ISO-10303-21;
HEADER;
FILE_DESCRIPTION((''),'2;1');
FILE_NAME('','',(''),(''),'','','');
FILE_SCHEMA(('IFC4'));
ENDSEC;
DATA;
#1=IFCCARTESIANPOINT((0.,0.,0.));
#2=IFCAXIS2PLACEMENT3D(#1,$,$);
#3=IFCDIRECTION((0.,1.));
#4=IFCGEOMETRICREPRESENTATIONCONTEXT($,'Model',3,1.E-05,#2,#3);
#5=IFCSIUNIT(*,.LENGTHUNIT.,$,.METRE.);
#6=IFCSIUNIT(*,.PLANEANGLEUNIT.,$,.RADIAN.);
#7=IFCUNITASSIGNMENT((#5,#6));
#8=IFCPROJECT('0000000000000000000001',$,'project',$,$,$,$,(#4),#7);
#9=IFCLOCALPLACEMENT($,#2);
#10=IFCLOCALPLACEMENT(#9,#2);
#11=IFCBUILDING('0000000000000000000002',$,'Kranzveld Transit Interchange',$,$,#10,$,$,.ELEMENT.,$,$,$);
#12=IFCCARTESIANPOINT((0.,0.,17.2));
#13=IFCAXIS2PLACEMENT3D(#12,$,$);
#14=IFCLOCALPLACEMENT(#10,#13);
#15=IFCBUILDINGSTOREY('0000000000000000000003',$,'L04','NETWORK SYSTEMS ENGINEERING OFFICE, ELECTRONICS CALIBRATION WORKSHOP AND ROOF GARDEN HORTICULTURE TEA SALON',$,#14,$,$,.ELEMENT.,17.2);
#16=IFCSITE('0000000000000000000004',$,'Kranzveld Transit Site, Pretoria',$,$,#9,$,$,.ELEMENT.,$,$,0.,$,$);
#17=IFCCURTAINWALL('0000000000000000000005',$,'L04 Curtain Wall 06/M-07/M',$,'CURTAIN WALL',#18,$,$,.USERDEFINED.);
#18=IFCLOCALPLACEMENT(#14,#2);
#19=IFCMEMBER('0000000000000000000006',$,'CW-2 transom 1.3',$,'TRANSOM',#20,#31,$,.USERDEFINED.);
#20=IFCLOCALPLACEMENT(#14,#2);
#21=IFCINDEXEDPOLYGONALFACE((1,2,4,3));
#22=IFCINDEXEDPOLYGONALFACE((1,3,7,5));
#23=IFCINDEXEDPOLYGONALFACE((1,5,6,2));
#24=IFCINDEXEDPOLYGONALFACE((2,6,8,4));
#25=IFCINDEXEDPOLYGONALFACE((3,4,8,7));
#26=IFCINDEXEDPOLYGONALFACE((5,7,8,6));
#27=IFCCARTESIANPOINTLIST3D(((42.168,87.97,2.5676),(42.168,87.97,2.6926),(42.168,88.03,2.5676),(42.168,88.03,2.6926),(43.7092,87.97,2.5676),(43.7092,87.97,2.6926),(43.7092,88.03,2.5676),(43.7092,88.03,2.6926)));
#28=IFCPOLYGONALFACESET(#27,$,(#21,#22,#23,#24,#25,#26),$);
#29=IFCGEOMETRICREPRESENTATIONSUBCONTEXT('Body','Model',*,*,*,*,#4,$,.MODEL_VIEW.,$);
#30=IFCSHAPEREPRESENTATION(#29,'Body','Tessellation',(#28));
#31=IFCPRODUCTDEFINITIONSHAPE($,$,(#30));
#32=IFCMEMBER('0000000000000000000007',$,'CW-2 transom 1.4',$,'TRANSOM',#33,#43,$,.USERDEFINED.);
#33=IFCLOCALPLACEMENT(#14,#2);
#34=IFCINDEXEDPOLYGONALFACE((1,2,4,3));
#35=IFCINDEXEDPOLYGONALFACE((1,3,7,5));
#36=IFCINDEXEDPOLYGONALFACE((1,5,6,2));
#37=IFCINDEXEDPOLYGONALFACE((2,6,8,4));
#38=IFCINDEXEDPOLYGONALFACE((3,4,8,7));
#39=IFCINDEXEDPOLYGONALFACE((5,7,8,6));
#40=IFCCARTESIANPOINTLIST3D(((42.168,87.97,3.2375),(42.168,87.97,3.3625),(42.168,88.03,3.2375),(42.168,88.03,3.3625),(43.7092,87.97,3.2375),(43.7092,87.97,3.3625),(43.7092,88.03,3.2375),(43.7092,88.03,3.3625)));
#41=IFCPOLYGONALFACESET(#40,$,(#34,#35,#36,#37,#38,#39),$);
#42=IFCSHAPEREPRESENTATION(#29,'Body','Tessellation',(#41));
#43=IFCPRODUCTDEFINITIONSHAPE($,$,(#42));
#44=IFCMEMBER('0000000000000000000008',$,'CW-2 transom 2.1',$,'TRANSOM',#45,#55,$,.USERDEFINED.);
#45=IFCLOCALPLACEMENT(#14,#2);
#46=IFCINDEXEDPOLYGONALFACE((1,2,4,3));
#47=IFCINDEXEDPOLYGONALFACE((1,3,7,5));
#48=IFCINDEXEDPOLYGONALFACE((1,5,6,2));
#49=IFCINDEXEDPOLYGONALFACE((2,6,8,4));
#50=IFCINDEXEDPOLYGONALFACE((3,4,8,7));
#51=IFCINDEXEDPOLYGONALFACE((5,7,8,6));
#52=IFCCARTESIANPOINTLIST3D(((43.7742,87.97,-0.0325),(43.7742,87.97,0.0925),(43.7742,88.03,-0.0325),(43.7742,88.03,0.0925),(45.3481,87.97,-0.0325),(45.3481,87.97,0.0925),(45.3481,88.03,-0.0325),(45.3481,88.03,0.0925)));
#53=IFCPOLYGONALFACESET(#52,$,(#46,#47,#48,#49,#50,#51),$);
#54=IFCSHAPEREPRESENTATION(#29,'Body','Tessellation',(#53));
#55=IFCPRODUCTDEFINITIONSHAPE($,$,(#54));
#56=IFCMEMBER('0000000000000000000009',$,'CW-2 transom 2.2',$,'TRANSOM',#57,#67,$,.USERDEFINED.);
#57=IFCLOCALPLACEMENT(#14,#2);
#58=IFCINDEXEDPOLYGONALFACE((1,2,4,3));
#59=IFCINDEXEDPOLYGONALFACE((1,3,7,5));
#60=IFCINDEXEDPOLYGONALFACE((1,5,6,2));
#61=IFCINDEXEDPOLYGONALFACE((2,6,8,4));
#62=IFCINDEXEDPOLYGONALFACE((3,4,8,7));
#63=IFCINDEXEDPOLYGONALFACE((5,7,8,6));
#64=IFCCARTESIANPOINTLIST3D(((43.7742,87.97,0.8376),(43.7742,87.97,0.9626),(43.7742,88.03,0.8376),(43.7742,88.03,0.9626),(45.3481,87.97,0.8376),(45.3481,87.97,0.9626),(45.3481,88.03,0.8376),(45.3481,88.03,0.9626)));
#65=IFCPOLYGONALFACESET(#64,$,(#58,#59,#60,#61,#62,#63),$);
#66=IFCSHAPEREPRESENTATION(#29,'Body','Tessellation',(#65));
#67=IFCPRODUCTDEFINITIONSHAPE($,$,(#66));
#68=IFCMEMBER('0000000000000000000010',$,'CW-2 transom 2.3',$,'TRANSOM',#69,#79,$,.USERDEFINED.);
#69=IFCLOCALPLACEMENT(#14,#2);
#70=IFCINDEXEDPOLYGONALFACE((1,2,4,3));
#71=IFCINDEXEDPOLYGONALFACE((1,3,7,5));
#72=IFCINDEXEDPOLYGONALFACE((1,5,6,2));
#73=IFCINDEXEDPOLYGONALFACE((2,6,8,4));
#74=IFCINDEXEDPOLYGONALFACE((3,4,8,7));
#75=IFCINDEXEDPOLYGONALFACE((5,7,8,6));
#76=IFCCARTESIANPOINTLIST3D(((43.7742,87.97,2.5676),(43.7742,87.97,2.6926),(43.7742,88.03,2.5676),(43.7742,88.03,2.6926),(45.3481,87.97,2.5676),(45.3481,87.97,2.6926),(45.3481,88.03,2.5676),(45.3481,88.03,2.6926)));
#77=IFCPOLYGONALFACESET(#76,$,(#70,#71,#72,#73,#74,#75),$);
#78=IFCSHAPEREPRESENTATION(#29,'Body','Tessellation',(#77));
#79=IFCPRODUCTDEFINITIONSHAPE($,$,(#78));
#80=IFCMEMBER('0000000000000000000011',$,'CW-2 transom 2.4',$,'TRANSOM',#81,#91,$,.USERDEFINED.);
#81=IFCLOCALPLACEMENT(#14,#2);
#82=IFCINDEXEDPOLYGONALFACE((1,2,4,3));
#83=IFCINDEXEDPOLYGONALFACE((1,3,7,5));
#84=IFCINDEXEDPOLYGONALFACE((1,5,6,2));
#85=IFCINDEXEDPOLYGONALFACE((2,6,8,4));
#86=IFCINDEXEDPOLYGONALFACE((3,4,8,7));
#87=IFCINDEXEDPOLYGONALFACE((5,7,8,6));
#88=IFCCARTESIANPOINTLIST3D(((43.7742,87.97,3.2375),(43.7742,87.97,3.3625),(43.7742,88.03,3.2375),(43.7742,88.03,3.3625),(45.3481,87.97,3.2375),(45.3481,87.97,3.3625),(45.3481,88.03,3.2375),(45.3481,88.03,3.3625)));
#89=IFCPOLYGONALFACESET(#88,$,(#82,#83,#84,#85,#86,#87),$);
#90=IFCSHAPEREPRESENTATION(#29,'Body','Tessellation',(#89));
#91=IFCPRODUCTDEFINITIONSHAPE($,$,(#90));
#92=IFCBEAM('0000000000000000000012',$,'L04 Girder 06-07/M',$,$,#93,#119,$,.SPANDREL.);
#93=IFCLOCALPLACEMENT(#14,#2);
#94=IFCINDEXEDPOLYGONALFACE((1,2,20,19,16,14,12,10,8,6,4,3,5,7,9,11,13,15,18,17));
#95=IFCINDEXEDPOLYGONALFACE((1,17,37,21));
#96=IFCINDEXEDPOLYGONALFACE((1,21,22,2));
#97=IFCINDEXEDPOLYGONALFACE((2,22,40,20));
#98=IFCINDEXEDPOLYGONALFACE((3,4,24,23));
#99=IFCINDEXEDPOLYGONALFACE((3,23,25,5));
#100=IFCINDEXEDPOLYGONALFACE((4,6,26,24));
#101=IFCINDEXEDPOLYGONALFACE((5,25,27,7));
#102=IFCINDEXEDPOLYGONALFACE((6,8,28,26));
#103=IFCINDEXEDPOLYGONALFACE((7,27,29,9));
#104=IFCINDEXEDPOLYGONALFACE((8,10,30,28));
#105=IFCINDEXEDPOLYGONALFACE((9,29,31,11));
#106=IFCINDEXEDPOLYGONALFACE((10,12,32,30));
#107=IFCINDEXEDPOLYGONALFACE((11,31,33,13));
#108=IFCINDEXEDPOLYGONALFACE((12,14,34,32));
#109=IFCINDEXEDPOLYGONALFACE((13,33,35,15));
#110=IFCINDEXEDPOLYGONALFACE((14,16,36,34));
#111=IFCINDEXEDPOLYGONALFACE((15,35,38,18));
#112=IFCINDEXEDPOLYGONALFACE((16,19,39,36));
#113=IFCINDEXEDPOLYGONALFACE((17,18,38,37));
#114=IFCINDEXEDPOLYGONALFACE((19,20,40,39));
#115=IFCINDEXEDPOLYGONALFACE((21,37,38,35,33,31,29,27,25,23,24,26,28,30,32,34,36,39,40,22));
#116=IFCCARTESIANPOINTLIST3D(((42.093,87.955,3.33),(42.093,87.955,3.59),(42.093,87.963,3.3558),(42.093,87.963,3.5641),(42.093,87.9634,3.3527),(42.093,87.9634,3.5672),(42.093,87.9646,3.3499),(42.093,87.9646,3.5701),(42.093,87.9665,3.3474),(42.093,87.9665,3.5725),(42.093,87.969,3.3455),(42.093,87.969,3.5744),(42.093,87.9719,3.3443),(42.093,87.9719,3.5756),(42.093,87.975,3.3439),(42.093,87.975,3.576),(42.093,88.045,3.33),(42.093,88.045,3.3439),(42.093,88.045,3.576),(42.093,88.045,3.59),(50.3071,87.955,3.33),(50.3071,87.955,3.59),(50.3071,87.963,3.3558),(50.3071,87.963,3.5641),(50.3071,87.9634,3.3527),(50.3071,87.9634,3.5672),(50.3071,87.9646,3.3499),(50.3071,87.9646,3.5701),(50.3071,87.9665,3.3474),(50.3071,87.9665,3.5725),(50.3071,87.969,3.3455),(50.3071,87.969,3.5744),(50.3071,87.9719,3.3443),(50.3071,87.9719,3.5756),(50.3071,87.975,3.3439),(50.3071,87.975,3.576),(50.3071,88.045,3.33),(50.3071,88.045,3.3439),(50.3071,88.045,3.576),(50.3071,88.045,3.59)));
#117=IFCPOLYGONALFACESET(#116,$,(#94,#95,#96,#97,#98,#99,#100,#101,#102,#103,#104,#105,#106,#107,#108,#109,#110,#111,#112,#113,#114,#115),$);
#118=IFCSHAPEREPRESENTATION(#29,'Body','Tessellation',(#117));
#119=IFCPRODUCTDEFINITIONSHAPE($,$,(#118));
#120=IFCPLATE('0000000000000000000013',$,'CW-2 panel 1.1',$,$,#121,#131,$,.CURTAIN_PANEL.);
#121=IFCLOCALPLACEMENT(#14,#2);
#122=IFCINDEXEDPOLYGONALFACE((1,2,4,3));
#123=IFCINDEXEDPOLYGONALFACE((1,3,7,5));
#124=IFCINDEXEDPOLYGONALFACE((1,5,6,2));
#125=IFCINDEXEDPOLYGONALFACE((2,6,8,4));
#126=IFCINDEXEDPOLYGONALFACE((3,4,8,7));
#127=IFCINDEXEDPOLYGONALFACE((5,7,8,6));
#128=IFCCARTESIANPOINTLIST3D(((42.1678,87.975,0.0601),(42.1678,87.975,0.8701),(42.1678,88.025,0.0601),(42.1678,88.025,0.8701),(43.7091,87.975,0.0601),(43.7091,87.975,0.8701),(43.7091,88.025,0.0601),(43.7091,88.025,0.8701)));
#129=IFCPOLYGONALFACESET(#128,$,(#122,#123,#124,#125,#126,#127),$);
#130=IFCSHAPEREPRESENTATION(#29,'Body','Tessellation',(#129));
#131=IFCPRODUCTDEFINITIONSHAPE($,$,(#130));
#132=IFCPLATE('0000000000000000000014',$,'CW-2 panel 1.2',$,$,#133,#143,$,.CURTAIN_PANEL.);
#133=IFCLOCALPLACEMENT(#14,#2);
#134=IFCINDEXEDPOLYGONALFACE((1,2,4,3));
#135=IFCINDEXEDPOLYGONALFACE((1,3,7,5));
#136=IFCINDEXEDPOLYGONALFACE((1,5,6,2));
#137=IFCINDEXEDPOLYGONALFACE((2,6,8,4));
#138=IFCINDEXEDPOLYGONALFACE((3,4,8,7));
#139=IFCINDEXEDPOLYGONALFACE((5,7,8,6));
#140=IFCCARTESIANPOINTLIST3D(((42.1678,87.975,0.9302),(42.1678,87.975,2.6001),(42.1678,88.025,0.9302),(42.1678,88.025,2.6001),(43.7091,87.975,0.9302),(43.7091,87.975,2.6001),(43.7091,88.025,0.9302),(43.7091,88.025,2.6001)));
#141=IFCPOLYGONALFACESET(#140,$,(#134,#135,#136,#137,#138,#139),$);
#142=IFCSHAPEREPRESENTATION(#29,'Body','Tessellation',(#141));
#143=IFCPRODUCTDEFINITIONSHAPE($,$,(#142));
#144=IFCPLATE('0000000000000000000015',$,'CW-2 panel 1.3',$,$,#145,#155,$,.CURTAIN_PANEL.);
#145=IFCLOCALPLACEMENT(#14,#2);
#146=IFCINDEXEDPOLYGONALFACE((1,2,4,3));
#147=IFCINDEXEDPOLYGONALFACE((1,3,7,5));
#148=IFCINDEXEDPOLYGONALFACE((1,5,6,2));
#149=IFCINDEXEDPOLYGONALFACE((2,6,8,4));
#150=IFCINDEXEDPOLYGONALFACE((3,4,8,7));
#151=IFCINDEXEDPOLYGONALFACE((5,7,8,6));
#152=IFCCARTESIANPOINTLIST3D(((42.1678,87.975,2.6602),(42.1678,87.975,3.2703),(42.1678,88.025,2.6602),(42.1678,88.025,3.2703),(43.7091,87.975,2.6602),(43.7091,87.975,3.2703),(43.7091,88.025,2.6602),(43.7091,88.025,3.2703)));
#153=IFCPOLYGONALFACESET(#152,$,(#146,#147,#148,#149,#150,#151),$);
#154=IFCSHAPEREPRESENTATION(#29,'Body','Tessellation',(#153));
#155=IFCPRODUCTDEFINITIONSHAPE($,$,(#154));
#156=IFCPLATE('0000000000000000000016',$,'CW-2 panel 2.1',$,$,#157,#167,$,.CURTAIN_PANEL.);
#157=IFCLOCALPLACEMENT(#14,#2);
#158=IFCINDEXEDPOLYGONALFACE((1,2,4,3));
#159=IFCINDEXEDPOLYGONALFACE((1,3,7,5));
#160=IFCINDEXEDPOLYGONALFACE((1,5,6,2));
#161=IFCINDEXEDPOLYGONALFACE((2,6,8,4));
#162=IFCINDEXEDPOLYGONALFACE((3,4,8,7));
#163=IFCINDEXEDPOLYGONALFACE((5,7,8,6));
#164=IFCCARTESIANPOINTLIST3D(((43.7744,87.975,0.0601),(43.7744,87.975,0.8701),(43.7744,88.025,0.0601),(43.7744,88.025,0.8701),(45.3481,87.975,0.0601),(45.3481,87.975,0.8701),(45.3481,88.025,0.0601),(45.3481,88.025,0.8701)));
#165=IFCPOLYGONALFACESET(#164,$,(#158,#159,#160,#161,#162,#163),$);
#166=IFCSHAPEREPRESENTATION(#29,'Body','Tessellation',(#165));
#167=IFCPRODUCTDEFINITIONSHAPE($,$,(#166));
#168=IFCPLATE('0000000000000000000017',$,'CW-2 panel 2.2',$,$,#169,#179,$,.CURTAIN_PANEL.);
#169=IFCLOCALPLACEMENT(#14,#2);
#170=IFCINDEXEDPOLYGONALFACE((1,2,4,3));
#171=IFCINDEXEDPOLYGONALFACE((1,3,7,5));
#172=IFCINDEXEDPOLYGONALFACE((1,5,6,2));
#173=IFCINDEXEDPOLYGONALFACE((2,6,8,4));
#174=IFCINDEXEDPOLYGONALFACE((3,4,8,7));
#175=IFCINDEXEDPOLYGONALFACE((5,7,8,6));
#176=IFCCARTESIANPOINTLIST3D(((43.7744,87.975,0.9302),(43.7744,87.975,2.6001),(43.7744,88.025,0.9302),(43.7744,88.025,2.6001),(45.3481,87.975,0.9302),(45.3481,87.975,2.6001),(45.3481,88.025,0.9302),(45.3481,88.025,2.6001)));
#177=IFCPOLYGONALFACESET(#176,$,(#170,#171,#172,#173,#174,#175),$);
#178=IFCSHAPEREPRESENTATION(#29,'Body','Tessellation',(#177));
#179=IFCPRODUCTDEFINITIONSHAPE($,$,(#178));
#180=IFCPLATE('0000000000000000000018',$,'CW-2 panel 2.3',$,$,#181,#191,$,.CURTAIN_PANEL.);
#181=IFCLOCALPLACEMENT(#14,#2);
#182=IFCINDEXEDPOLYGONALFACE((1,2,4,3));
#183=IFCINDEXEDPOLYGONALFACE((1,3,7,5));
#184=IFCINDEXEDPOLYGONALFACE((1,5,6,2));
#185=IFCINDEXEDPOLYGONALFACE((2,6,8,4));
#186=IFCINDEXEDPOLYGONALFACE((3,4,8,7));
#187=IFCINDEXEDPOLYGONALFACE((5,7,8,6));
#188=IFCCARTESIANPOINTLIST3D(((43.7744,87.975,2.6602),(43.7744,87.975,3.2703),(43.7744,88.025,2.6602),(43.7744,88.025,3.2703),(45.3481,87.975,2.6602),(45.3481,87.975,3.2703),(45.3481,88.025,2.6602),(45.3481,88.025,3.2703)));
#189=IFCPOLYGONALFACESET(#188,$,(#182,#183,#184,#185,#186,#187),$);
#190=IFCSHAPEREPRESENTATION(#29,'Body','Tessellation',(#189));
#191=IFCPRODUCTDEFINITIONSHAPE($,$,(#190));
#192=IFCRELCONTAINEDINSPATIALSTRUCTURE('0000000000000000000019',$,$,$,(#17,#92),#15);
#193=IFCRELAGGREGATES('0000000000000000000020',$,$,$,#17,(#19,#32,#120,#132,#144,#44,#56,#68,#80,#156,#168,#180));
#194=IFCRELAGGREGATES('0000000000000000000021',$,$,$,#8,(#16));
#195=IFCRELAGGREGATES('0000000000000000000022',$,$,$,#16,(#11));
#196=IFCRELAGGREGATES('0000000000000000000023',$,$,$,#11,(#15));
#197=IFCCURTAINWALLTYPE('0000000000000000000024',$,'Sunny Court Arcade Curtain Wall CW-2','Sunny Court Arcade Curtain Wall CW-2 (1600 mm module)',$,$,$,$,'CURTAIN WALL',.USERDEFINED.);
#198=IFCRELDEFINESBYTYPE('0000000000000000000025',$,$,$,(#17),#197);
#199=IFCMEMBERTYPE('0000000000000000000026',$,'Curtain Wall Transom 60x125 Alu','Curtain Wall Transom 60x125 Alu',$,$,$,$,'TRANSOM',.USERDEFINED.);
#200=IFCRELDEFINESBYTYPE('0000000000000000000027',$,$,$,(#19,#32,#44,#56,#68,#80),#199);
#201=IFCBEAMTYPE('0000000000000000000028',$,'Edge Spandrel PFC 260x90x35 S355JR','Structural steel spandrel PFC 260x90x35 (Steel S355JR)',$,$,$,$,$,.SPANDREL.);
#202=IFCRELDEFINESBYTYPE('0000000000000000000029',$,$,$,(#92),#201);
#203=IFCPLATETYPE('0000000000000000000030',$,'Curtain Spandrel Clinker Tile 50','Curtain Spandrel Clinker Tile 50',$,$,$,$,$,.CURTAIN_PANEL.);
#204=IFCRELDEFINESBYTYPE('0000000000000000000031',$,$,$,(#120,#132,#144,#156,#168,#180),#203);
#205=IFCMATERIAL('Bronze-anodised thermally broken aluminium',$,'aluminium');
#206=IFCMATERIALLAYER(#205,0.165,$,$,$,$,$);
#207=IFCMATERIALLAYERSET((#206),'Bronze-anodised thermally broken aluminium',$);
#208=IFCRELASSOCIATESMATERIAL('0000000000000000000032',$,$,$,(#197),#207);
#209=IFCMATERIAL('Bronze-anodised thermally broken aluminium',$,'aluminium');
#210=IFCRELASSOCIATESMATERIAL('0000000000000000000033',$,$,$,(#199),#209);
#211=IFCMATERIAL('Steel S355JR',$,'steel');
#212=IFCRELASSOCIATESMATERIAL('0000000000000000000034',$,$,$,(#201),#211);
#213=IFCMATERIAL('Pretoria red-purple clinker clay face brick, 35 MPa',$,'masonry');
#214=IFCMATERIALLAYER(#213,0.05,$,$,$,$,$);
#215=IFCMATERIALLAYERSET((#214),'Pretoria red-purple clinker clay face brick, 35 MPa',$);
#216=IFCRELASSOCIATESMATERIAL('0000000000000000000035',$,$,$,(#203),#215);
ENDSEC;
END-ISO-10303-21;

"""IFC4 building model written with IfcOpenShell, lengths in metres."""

from ifc_helpers import new_model, si_unit, direction, frame, origin, origin_2d, place, context, subcontext, project, spatial, rectangle, u_section, extrude, material, layer, layer_set, material_profile, profile_set, type_object, element, aggregate, save


model = new_model("IFC4")

# Units and contexts
model_context = context("Model", 3, precision=1e-05, world=origin(), true_north=direction((0.0, 1.0)))
body_context = subcontext(model_context, "Body", "Model", "MODEL_VIEW")
ifc_project = project(units=[si_unit("LENGTHUNIT", "METRE"), si_unit("PLANEANGLEUNIT", "RADIAN")], contexts=[model_context])

# Site, building, storey
site_placement = place(None, origin())
site = spatial("IfcSite", under=ifc_project, at=site_placement, Name="Kranzveld Transit Site, Pretoria", CompositionType="ELEMENT", RefElevation=0.0)
building_placement = place(site_placement, origin())
building = spatial("IfcBuilding", under=site, at=building_placement, Name="Kranzveld Transit Interchange", CompositionType="ELEMENT")
storey_placement = place(building_placement, frame((0.0, 0.0, 17.2)))
storey = spatial("IfcBuildingStorey", under=building, at=storey_placement, Name="L04", Description="NETWORK SYSTEMS ENGINEERING OFFICE, ELECTRONICS CALIBRATION WORKSHOP AND ROOF GARDEN HORTICULTURE TEA SALON", CompositionType="ELEMENT", Elevation=17.2)

# Curtain wall
ifc_material_1 = material(Name="Bronze-anodised thermally broken aluminium", Category="aluminium")
ifc_layer_1 = layer(ifc_material_1, 0.165)
ifc_layer_set_1 = layer_set([ifc_layer_1], Name="Bronze-anodised thermally broken aluminium")
curtain_wall_type_1 = type_object("IfcCurtainWallType", Name="Sunny Court Arcade Curtain Wall CW-2", Description="Sunny Court Arcade Curtain Wall CW-2 (1600 mm module)", ElementType="CURTAIN WALL", PredefinedType="USERDEFINED", material=ifc_layer_set_1)
curtain_wall_1_placement = place(storey_placement, origin())
curtain_wall_1 = element("IfcCurtainWall", 1, at=curtain_wall_1_placement, inside=storey, type_object=curtain_wall_type_1, Name="L04 Curtain Wall 06/M-07/M", ObjectType="CURTAIN WALL", PredefinedType="USERDEFINED")

# Members
ifc_material_2 = material(Name="Bronze-anodised thermally broken aluminium", Category="aluminium")
ifc_material_profile_1 = material_profile(ifc_material_2, rectangle(XDim=0.0601, YDim=0.125, at=origin_2d()), Name="ALU TRANSOM 60x125")
ifc_profile_set_1 = profile_set([ifc_material_profile_1], Name="Bronze-anodised thermally broken aluminium")
member_type_1 = type_object("IfcMemberType", Name="Curtain Wall Transom 60x125 Alu", Description="Curtain Wall Transom 60x125 Alu", ElementType="TRANSOM", PredefinedType="USERDEFINED", material=ifc_profile_set_1)
member_1_placement = place(storey_placement, frame((42.168, 88.0, 2.6301), z_axis=(1.0, 0.0, 0.0), x_axis=(0.0, 1.0, 0.0)))
member_1 = element("IfcMember", 2, at=member_1_placement, type_object=member_type_1, Name="CW-2 transom 1.3", ObjectType="TRANSOM", PredefinedType="USERDEFINED", context=body_context, shape_type="SweptSolid", body=[
    extrude(rectangle(XDim=0.0601, YDim=0.125, at=origin_2d()), origin(), (0.0, 0.0, 1.0), 1.5413),
])
member_2_placement = place(storey_placement, frame((42.168, 88.0, 3.3), z_axis=(1.0, 0.0, 0.0), x_axis=(0.0, 1.0, 0.0)))
member_2 = element("IfcMember", 3, at=member_2_placement, type_object=member_type_1, Name="CW-2 transom 1.4", ObjectType="TRANSOM", PredefinedType="USERDEFINED", context=body_context, shape_type="SweptSolid", body=[
    extrude(rectangle(XDim=0.0601, YDim=0.125, at=origin_2d()), origin(), (0.0, 0.0, 1.0), 1.5413),
])
member_3_placement = place(storey_placement, frame((43.7742, 88.0, 0.03), z_axis=(1.0, 0.0, 0.0), x_axis=(0.0, 1.0, 0.0)))
member_3 = element("IfcMember", 4, at=member_3_placement, type_object=member_type_1, Name="CW-2 transom 2.1", ObjectType="TRANSOM", PredefinedType="USERDEFINED", context=body_context, shape_type="SweptSolid", body=[
    extrude(rectangle(XDim=0.0601, YDim=0.125, at=origin_2d()), origin(), (0.0, 0.0, 1.0), 1.574),
])
member_4_placement = place(storey_placement, frame((43.7742, 88.0, 0.9001), z_axis=(1.0, 0.0, 0.0), x_axis=(0.0, 1.0, 0.0)))
member_4 = element("IfcMember", 5, at=member_4_placement, type_object=member_type_1, Name="CW-2 transom 2.2", ObjectType="TRANSOM", PredefinedType="USERDEFINED", context=body_context, shape_type="SweptSolid", body=[
    extrude(rectangle(XDim=0.0601, YDim=0.125, at=origin_2d()), origin(), (0.0, 0.0, 1.0), 1.574),
])
member_5_placement = place(storey_placement, frame((43.7742, 88.0, 2.6301), z_axis=(1.0, 0.0, 0.0), x_axis=(0.0, 1.0, 0.0)))
member_5 = element("IfcMember", 6, at=member_5_placement, type_object=member_type_1, Name="CW-2 transom 2.3", ObjectType="TRANSOM", PredefinedType="USERDEFINED", context=body_context, shape_type="SweptSolid", body=[
    extrude(rectangle(XDim=0.0601, YDim=0.125, at=origin_2d()), origin(), (0.0, 0.0, 1.0), 1.574),
])
member_6_placement = place(storey_placement, frame((43.7742, 88.0, 3.3), z_axis=(1.0, 0.0, 0.0), x_axis=(0.0, 1.0, 0.0)))
member_6 = element("IfcMember", 7, at=member_6_placement, type_object=member_type_1, Name="CW-2 transom 2.4", ObjectType="TRANSOM", PredefinedType="USERDEFINED", context=body_context, shape_type="SweptSolid", body=[
    extrude(rectangle(XDim=0.0601, YDim=0.125, at=origin_2d()), origin(), (0.0, 0.0, 1.0), 1.574),
])

# Beam
ifc_material_3 = material(Name="Steel S355JR", Category="steel")
ifc_material_profile_2 = material_profile(ifc_material_3, u_section(Depth=0.26, FlangeWidth=0.0901, WebThickness=0.0081, FlangeThickness=0.0139, FilletRadius=0.012, at=origin_2d()), Name="PFC 260x90x35")
ifc_profile_set_2 = profile_set([ifc_material_profile_2], Name="Steel S355JR")
beam_type = type_object("IfcBeamType", Name="Edge Spandrel PFC 260x90x35 S355JR", Description="Structural steel spandrel PFC 260x90x35 (Steel S355JR)", PredefinedType="SPANDREL", material=ifc_profile_set_2)
beam_placement = place(storey_placement, frame((42.093, 88.0, 3.46), z_axis=(1.0, 0.0, 0.0), x_axis=(0.0, 1.0, 0.0)))
element("IfcBeam", 8, at=beam_placement, inside=storey, type_object=beam_type, Name="L04 Girder 06-07/M", PredefinedType="SPANDREL", context=body_context, shape_type="SweptSolid", body=[
    extrude(u_section(Depth=0.26, FlangeWidth=0.0901, WebThickness=0.0081, FlangeThickness=0.0139, FilletRadius=0.012, at=origin_2d()), origin(), (0.0, 0.0, 1.0), 8.2141),
])

# Plates
ifc_material_4 = material(Name="Pretoria red-purple clinker clay face brick, 35 MPa", Category="masonry")
ifc_layer_2 = layer(ifc_material_4, 0.05)
ifc_layer_set_2 = layer_set([ifc_layer_2], Name="Pretoria red-purple clinker clay face brick, 35 MPa")
plate_type_1 = type_object("IfcPlateType", Name="Curtain Spandrel Clinker Tile 50", Description="Curtain Spandrel Clinker Tile 50", PredefinedType="CURTAIN_PANEL", material=ifc_layer_set_2)
plate_1_placement = place(storey_placement, frame((42.9385, 88.0, 0.0601), z_axis=(0.0, 0.0, 1.0), x_axis=(1.0, 0.0, 0.0)))
plate_1 = element("IfcPlate", 9, at=plate_1_placement, type_object=plate_type_1, Name="CW-2 panel 1.1", PredefinedType="CURTAIN_PANEL", context=body_context, shape_type="SweptSolid", body=[
    extrude(rectangle(XDim=1.5413, YDim=0.05, at=origin_2d()), origin(), (0.0, 0.0, 1.0), 0.8101),
])
plate_2_placement = place(storey_placement, frame((42.9385, 88.0, 0.9302), z_axis=(0.0, 0.0, 1.0), x_axis=(1.0, 0.0, 0.0)))
plate_2 = element("IfcPlate", 10, at=plate_2_placement, type_object=plate_type_1, Name="CW-2 panel 1.2", PredefinedType="CURTAIN_PANEL", context=body_context, shape_type="SweptSolid", body=[
    extrude(rectangle(XDim=1.5413, YDim=0.05, at=origin_2d()), origin(), (0.0, 0.0, 1.0), 1.6699),
])
plate_3_placement = place(storey_placement, frame((42.9385, 88.0, 2.6602), z_axis=(0.0, 0.0, 1.0), x_axis=(1.0, 0.0, 0.0)))
plate_3 = element("IfcPlate", 11, at=plate_3_placement, type_object=plate_type_1, Name="CW-2 panel 1.3", PredefinedType="CURTAIN_PANEL", context=body_context, shape_type="SweptSolid", body=[
    extrude(rectangle(XDim=1.5413, YDim=0.05, at=origin_2d()), origin(), (0.0, 0.0, 1.0), 0.6101),
])
plate_4_placement = place(storey_placement, frame((44.5613, 88.0, 0.0601), z_axis=(0.0, 0.0, 1.0), x_axis=(1.0, 0.0, 0.0)))
plate_4 = element("IfcPlate", 12, at=plate_4_placement, type_object=plate_type_1, Name="CW-2 panel 2.1", PredefinedType="CURTAIN_PANEL", context=body_context, shape_type="SweptSolid", body=[
    extrude(rectangle(XDim=1.5737, YDim=0.05, at=origin_2d()), origin(), (0.0, 0.0, 1.0), 0.8101),
])
plate_5_placement = place(storey_placement, frame((44.5613, 88.0, 0.9302), z_axis=(0.0, 0.0, 1.0), x_axis=(1.0, 0.0, 0.0)))
plate_5 = element("IfcPlate", 13, at=plate_5_placement, type_object=plate_type_1, Name="CW-2 panel 2.2", PredefinedType="CURTAIN_PANEL", context=body_context, shape_type="SweptSolid", body=[
    extrude(rectangle(XDim=1.5737, YDim=0.05, at=origin_2d()), origin(), (0.0, 0.0, 1.0), 1.6699),
])
plate_6_placement = place(storey_placement, frame((44.5613, 88.0, 2.6602), z_axis=(0.0, 0.0, 1.0), x_axis=(1.0, 0.0, 0.0)))
plate_6 = element("IfcPlate", 14, at=plate_6_placement, type_object=plate_type_1, Name="CW-2 panel 2.3", PredefinedType="CURTAIN_PANEL", context=body_context, shape_type="SweptSolid", body=[
    extrude(rectangle(XDim=1.5737, YDim=0.05, at=origin_2d()), origin(), (0.0, 0.0, 1.0), 0.6101),
])
aggregate(curtain_wall_1, [member_1, member_2, plate_1, plate_2, plate_3, member_3, member_4, member_5, member_6, plate_4, plate_5, plate_6])

save(model, "model.ifc")
